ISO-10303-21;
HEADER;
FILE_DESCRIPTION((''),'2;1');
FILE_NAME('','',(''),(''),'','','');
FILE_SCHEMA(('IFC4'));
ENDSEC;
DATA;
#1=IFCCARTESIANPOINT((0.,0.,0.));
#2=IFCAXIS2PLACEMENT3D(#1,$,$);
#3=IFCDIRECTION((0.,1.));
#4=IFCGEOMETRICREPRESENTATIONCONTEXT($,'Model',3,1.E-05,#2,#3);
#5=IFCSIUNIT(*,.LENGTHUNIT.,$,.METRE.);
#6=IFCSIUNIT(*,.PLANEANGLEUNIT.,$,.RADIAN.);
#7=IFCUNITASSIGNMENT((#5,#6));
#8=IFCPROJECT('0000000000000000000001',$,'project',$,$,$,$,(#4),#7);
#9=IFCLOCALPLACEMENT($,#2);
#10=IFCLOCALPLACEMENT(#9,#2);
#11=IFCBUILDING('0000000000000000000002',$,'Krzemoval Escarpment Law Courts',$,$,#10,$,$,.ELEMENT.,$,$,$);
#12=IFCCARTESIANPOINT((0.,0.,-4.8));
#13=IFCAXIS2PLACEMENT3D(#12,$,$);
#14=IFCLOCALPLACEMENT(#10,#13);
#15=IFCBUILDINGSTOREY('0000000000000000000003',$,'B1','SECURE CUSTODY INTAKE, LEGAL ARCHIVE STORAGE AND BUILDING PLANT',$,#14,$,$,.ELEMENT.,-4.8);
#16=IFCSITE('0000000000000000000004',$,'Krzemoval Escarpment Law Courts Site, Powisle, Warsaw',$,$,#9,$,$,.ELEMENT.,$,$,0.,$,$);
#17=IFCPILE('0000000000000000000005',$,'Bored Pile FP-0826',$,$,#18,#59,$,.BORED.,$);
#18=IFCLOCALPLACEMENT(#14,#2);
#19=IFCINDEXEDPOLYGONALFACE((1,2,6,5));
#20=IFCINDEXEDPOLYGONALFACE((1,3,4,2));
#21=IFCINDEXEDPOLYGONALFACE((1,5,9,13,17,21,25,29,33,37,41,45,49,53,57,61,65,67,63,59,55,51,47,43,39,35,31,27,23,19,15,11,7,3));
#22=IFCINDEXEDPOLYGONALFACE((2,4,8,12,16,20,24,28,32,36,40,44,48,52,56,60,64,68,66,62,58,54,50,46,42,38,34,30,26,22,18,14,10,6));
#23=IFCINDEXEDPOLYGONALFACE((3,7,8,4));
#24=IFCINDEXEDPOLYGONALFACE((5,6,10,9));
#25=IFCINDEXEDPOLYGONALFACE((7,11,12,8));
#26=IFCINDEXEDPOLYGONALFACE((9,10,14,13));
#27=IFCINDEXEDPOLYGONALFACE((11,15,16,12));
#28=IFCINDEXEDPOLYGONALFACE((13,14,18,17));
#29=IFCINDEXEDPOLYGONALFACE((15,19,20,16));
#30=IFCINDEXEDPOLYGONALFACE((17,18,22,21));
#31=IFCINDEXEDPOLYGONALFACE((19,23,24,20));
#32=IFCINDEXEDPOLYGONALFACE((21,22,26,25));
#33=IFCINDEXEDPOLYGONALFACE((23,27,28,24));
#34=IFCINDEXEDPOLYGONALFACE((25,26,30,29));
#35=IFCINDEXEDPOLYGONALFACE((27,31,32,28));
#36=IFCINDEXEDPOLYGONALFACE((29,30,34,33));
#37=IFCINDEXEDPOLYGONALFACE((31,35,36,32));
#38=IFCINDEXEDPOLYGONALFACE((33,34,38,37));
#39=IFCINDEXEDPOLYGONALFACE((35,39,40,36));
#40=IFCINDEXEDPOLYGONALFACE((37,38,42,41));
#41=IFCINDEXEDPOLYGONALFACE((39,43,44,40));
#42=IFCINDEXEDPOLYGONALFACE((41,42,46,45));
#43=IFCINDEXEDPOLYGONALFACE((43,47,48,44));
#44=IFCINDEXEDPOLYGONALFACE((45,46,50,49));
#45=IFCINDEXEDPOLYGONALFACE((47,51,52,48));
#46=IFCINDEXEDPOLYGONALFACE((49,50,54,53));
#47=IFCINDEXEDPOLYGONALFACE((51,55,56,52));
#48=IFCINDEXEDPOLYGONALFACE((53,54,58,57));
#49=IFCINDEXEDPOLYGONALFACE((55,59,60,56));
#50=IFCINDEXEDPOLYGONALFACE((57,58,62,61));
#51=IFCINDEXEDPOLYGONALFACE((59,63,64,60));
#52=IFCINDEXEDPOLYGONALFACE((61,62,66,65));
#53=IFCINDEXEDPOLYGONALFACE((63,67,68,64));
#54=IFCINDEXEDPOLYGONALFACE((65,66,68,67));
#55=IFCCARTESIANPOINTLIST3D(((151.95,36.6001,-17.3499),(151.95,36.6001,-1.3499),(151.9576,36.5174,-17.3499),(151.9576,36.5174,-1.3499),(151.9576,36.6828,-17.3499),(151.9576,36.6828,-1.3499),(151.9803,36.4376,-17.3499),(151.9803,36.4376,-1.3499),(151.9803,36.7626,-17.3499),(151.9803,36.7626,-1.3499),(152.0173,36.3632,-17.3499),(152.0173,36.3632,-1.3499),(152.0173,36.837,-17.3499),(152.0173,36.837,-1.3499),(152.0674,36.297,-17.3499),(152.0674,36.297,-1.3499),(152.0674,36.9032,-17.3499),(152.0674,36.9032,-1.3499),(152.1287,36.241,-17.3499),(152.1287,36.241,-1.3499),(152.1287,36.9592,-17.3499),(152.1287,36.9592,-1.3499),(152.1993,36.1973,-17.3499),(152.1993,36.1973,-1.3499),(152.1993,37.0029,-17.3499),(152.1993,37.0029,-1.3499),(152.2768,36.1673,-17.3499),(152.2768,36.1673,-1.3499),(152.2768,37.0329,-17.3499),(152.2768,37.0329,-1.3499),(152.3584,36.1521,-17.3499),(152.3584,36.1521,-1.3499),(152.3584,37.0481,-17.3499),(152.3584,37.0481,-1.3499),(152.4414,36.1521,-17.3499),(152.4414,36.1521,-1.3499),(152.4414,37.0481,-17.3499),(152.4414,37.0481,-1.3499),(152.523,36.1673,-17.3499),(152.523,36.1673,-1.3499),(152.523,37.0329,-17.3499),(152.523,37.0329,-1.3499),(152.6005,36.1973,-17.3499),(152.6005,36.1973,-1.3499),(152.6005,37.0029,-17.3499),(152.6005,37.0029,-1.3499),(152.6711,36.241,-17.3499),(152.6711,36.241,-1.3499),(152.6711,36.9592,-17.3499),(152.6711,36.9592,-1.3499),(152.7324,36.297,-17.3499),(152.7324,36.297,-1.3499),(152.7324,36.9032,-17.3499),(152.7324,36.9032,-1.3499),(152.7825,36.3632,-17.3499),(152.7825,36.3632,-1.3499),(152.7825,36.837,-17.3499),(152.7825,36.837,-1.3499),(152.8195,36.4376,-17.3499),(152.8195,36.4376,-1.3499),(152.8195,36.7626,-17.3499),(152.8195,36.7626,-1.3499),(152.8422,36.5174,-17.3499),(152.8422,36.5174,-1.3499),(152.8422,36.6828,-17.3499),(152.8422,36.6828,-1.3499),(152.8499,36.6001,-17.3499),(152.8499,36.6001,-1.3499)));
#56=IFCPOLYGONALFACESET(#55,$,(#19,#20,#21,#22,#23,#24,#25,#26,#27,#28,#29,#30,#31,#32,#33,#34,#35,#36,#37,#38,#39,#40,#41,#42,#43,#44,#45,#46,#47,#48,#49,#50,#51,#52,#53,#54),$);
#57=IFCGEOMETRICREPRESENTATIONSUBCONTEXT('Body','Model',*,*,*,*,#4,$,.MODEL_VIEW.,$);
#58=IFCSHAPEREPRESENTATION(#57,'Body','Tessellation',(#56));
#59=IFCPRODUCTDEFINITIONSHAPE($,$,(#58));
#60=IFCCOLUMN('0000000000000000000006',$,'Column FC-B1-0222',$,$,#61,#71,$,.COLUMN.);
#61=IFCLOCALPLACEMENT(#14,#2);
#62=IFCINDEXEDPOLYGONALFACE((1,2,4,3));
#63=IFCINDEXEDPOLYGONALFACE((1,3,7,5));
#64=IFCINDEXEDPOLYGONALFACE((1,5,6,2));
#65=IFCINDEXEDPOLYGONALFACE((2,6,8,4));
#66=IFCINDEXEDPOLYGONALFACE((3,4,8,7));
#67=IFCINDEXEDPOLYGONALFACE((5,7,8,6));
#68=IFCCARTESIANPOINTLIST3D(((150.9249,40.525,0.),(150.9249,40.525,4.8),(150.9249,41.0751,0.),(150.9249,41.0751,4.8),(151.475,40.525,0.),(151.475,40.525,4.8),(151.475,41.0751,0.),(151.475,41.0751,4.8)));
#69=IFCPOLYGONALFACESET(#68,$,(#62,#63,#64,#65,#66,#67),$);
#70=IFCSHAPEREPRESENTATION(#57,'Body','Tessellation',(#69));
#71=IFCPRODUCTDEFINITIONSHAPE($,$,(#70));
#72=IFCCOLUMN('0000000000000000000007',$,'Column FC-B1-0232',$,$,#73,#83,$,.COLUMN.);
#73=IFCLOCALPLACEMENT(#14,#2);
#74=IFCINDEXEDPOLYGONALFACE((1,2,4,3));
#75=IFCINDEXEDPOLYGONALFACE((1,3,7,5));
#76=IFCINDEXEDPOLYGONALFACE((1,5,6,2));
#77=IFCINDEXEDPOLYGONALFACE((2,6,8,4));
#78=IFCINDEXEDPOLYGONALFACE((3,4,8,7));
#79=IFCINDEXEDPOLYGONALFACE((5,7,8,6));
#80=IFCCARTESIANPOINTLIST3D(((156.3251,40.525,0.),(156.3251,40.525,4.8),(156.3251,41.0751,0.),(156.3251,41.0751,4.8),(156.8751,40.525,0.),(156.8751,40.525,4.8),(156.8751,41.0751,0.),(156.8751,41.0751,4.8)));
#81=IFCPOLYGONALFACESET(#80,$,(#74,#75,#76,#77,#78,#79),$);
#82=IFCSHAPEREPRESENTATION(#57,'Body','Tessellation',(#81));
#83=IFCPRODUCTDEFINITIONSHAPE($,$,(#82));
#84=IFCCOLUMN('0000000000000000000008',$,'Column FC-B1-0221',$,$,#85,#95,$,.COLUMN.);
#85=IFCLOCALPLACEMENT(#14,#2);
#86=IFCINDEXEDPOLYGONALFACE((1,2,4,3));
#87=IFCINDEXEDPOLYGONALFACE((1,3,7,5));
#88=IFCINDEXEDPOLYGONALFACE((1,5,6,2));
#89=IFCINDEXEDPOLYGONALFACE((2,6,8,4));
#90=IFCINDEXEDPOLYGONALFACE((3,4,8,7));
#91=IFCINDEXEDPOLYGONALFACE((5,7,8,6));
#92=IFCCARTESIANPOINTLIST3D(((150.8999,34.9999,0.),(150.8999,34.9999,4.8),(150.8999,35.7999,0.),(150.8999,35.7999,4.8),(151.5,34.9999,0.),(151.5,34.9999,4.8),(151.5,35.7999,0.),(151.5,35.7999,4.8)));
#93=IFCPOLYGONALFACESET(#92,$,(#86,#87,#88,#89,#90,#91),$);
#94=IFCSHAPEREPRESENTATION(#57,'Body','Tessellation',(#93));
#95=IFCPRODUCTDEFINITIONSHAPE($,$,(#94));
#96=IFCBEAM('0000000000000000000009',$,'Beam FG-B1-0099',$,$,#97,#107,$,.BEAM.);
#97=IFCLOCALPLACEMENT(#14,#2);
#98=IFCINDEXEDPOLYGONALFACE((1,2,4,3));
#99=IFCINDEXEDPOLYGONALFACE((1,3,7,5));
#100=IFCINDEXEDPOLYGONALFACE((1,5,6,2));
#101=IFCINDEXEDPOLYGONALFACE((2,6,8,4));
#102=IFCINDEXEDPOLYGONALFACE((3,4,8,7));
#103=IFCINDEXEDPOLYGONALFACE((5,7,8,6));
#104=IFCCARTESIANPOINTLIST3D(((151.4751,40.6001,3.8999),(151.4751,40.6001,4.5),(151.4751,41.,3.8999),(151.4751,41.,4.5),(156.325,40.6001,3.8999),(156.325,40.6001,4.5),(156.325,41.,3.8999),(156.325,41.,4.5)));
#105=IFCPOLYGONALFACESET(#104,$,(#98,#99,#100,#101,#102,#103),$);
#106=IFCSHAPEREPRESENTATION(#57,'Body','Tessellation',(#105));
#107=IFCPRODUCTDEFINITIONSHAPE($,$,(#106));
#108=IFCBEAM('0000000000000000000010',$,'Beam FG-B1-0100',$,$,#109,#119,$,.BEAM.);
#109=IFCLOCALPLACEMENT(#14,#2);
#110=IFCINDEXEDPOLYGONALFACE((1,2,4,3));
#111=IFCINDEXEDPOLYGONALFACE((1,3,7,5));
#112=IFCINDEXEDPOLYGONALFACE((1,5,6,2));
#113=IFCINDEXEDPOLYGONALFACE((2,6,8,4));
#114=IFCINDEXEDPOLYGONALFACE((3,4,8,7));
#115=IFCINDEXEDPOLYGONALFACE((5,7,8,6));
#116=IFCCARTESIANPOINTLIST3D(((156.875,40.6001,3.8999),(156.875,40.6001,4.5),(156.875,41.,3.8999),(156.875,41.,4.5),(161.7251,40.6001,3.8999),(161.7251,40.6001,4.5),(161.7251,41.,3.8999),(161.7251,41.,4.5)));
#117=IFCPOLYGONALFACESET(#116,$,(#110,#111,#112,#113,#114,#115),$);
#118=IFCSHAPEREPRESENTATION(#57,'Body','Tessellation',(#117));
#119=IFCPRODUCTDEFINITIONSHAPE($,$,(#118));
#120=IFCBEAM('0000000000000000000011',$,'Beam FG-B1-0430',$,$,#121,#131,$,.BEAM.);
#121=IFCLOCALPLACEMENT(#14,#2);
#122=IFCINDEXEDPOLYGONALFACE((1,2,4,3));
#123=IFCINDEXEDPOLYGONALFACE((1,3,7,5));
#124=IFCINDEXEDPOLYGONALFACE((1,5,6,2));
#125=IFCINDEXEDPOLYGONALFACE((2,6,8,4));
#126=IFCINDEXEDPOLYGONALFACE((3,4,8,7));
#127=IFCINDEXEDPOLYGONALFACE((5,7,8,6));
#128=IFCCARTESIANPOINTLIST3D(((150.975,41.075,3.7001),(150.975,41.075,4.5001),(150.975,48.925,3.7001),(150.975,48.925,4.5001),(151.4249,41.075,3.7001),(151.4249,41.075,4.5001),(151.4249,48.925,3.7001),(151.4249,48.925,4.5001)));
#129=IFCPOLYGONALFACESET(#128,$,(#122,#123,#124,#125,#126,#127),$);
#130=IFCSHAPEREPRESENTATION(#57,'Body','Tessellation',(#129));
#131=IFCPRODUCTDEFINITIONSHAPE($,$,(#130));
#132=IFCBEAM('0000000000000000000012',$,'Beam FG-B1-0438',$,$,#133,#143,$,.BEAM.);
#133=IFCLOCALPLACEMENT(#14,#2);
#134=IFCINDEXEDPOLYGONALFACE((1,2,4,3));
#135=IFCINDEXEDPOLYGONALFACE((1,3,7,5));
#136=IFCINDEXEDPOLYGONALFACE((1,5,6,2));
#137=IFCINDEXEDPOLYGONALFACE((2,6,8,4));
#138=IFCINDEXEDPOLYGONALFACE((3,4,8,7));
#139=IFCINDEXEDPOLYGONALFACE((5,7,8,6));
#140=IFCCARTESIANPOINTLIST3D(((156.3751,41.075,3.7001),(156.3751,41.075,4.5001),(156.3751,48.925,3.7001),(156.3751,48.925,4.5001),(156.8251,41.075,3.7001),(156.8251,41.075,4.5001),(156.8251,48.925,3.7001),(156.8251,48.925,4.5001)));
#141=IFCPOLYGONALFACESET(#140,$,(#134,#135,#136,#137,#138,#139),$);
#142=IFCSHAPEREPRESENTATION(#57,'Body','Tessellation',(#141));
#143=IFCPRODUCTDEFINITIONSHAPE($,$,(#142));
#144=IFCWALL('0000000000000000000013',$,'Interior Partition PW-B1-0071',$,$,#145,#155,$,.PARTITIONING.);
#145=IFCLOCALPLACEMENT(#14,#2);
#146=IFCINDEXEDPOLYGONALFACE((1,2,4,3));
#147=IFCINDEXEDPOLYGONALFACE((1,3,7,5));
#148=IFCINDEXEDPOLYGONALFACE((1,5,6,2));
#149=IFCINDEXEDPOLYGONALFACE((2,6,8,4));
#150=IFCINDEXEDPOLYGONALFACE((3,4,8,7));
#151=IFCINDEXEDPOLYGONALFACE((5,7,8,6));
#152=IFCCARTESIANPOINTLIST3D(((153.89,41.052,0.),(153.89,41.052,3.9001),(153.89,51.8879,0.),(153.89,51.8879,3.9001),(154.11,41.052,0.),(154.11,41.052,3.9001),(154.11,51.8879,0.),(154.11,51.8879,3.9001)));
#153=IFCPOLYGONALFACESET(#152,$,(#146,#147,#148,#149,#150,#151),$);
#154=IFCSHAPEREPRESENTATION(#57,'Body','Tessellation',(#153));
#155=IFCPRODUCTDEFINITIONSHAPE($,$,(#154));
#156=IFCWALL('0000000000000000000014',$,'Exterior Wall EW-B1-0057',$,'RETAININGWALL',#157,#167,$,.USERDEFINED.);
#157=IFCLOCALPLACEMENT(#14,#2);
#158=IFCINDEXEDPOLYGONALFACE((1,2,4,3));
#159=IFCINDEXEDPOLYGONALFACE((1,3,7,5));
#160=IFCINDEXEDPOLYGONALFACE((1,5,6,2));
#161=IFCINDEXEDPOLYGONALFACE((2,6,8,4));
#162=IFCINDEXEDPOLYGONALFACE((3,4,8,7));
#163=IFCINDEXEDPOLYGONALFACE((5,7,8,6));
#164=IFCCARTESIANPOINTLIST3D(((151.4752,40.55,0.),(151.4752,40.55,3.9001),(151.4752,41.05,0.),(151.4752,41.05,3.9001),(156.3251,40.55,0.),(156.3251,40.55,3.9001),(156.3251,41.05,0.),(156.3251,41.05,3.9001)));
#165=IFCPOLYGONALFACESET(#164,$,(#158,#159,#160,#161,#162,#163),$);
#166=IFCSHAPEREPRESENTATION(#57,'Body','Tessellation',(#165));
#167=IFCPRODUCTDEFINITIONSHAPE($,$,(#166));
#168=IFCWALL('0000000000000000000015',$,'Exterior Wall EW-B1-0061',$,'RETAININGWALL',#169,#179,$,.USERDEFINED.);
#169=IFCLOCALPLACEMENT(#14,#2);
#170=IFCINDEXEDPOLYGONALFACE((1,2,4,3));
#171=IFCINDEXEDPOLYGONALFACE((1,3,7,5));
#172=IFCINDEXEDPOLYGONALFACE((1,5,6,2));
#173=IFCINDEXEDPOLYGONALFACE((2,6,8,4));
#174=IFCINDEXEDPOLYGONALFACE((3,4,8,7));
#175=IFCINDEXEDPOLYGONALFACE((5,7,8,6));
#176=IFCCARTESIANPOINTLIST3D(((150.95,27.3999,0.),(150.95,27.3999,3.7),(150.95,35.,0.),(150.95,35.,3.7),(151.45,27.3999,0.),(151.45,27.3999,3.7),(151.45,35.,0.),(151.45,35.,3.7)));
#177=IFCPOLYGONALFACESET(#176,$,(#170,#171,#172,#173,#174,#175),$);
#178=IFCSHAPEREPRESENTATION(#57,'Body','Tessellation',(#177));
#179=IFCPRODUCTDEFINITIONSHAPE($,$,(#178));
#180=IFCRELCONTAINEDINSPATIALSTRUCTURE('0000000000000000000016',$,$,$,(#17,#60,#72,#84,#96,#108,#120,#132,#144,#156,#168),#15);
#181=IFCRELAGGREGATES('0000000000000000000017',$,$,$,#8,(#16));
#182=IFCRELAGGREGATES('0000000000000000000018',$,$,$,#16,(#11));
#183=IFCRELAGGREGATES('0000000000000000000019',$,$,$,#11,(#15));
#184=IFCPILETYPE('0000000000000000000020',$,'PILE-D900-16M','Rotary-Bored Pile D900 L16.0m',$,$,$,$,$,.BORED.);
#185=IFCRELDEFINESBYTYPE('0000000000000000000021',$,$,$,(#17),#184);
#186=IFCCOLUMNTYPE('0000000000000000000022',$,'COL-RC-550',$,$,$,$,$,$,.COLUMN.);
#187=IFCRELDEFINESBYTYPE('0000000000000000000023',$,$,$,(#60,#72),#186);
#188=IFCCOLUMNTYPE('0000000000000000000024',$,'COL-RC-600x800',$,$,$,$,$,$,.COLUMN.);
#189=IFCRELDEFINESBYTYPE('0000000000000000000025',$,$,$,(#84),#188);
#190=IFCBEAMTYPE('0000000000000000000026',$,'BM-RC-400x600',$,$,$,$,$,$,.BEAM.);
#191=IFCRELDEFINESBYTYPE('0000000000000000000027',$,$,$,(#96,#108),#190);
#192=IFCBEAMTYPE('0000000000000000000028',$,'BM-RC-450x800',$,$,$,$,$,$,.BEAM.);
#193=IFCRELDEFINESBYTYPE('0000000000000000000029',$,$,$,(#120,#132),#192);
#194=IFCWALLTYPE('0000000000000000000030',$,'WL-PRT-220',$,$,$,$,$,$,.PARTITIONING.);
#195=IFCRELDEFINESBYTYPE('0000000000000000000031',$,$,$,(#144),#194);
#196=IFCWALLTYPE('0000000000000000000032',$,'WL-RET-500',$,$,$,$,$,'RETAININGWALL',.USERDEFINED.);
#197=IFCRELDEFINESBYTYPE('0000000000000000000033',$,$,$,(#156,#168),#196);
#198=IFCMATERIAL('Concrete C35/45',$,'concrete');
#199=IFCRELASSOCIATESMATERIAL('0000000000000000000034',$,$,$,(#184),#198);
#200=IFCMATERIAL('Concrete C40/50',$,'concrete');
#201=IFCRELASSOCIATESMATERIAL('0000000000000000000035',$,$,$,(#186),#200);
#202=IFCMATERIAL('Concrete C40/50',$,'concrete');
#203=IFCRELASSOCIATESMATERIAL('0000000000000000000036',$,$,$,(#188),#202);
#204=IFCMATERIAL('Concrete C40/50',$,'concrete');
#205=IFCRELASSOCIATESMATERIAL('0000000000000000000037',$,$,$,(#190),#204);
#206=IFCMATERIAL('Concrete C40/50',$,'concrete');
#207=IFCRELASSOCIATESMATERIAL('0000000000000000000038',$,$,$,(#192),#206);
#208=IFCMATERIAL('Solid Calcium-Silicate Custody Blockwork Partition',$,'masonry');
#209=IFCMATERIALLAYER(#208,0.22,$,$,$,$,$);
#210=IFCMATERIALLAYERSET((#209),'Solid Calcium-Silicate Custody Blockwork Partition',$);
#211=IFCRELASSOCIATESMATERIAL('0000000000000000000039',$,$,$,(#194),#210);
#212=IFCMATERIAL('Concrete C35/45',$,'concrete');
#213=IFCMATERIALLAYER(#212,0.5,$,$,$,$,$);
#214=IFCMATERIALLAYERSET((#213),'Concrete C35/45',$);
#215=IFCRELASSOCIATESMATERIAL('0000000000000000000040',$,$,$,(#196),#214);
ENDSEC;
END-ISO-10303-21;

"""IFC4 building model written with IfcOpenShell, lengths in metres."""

from ifc_helpers import new_model, si_unit, direction, frame, frame_2d, origin, origin_2d, place, context, subcontext, project, spatial, rectangle, circle, extrude, material, layer, layer_set, material_profile, profile_set, type_object, element, save


model = new_model("IFC4")

# Units and contexts
model_context = context("Model", 3, precision=1e-05, world=origin(), true_north=direction((0.0, 1.0)))
body_context = subcontext(model_context, "Body", "Model", "MODEL_VIEW")
ifc_project = project(units=[si_unit("LENGTHUNIT", "METRE"), si_unit("PLANEANGLEUNIT", "RADIAN")], contexts=[model_context])

# Site, building, storey
site_placement = place(None, origin())
site = spatial("IfcSite", under=ifc_project, at=site_placement, Name="Krzemoval Escarpment Law Courts Site, Powisle, Warsaw", CompositionType="ELEMENT", RefElevation=0.0)
building_placement = place(site_placement, origin())
building = spatial("IfcBuilding", under=site, at=building_placement, Name="Krzemoval Escarpment Law Courts", CompositionType="ELEMENT")
storey_placement = place(building_placement, frame((0.0, 0.0, -4.8)))
storey = spatial("IfcBuildingStorey", under=building, at=storey_placement, Name="B1", Description="SECURE CUSTODY INTAKE, LEGAL ARCHIVE STORAGE AND BUILDING PLANT", CompositionType="ELEMENT", Elevation=-4.8)

# Pile
ifc_material_1 = material(Name="Concrete C35/45", Category="concrete")
ifc_material_profile_1 = material_profile(ifc_material_1, circle(Radius=0.45, at=origin_2d()), Name="PILE D900")
ifc_profile_set_1 = profile_set([ifc_material_profile_1], Name="Concrete C35/45")
pile_type_1 = type_object("IfcPileType", Name="PILE-D900-16M", Description="Rotary-Bored Pile D900 L16.0m", PredefinedType="BORED", material=ifc_profile_set_1)
for number, where, z_axis, x_axis, name in (
    (1, (152.3999, 36.6001, -1.3499), (0.0, 0.0, -1.0), (1.0, 0.0, 0.0), "Bored Pile FP-0826"),
):
    element("IfcPile", number, at=place(storey_placement, frame(where, z_axis=z_axis, x_axis=x_axis)), inside=storey, type_object=pile_type_1, Name=name, PredefinedType="BORED", context=body_context, shape_type="SweptSolid", body=[
        extrude(circle(Radius=0.45, at=origin_2d()), origin(), (0.0, 0.0, 1.0), 16.0),
    ])

# Columns
ifc_material_2 = material(Name="Concrete C40/50", Category="concrete")
ifc_material_profile_2 = material_profile(ifc_material_2, rectangle(XDim=0.55, YDim=0.55, at=origin_2d()), Name="RC 550x550")
ifc_profile_set_2 = profile_set([ifc_material_profile_2], Name="Concrete C40/50")
column_type_1 = type_object("IfcColumnType", Name="COL-RC-550", PredefinedType="COLUMN", material=ifc_profile_set_2)
for number, where, z_axis, x_axis, name in (
    (2, (151.2, 40.8, 0.0), (0.0, 0.0, 1.0), (1.0, 0.0, 0.0), "Column FC-B1-0222"),
    (3, (156.6001, 40.8, 0.0), (0.0, 0.0, 1.0), (1.0, 0.0, 0.0), "Column FC-B1-0232"),
):
    element("IfcColumn", number, at=place(storey_placement, frame(where, z_axis=z_axis, x_axis=x_axis)), inside=storey, type_object=column_type_1, Name=name, PredefinedType="COLUMN", context=body_context, shape_type="SweptSolid", body=[
        extrude(rectangle(XDim=0.55, YDim=0.55, at=origin_2d()), origin(), (0.0, 0.0, 1.0), 4.8),
    ])
ifc_material_3 = material(Name="Concrete C40/50", Category="concrete")
ifc_material_profile_3 = material_profile(ifc_material_3, rectangle(XDim=0.6001, YDim=0.8, at=origin_2d()), Name="RC 600x800")
ifc_profile_set_3 = profile_set([ifc_material_profile_3], Name="Concrete C40/50")
column_type_2 = type_object("IfcColumnType", Name="COL-RC-600x800", PredefinedType="COLUMN", material=ifc_profile_set_3)
column_placement = place(storey_placement, frame((151.2, 35.3999, 0.0), z_axis=(0.0, 0.0, 1.0), x_axis=(1.0, 0.0, 0.0)))
element("IfcColumn", 4, at=column_placement, inside=storey, type_object=column_type_2, Name="Column FC-B1-0221", PredefinedType="COLUMN", context=body_context, shape_type="SweptSolid", body=[
    extrude(rectangle(XDim=0.6001, YDim=0.8, at=origin_2d()), origin(), (0.0, 0.0, 1.0), 4.8),
])

# Beams
ifc_material_4 = material(Name="Concrete C40/50", Category="concrete")
ifc_material_profile_4 = material_profile(ifc_material_4, rectangle(XDim=0.3999, YDim=0.6001, at=origin_2d()), Name="RCB 400x600")
ifc_profile_set_4 = profile_set([ifc_material_profile_4], Name="Concrete C40/50")
beam_type_1 = type_object("IfcBeamType", Name="BM-RC-400x600", PredefinedType="BEAM", material=ifc_profile_set_4)
beam_1_placement = place(storey_placement, frame((151.4751, 40.8, 4.2), z_axis=(1.0, 0.0, 0.0), x_axis=(0.0, 1.0, 0.0)))
element("IfcBeam", 5, at=beam_1_placement, inside=storey, type_object=beam_type_1, Name="Beam FG-B1-0099", PredefinedType="BEAM", context=body_context, shape_type="SweptSolid", body=[
    extrude(rectangle(XDim=0.3999, YDim=0.6001, at=origin_2d()), origin(), (0.0, 0.0, 1.0), 4.8499),
])
beam_2_placement = place(storey_placement, frame((156.875, 40.8, 4.2), z_axis=(1.0, 0.0, 0.0), x_axis=(0.0, 1.0, 0.0)))
element("IfcBeam", 6, at=beam_2_placement, inside=storey, type_object=beam_type_1, Name="Beam FG-B1-0100", PredefinedType="BEAM", context=body_context, shape_type="SweptSolid", body=[
    extrude(rectangle(XDim=0.3999, YDim=0.6001, at=origin_2d()), origin(), (0.0, 0.0, 1.0), 4.8501),
])
ifc_material_5 = material(Name="Concrete C40/50", Category="concrete")
ifc_material_profile_5 = material_profile(ifc_material_5, rectangle(XDim=0.45, YDim=0.8, at=origin_2d()), Name="RCB 450x800")
ifc_profile_set_5 = profile_set([ifc_material_profile_5], Name="Concrete C40/50")
beam_type_2 = type_object("IfcBeamType", Name="BM-RC-450x800", PredefinedType="BEAM", material=ifc_profile_set_5)
for number, where, z_axis, x_axis, name in (
    (7, (151.2, 41.075, 4.1001), (0.0, 1.0, 0.0), (-1.0, 0.0, 0.0), "Beam FG-B1-0430"),
    (8, (156.6001, 41.075, 4.1001), (0.0, 1.0, 0.0), (-1.0, 0.0, 0.0), "Beam FG-B1-0438"),
):
    element("IfcBeam", number, at=place(storey_placement, frame(where, z_axis=z_axis, x_axis=x_axis)), inside=storey, type_object=beam_type_2, Name=name, PredefinedType="BEAM", context=body_context, shape_type="SweptSolid", body=[
        extrude(rectangle(XDim=0.45, YDim=0.8, at=origin_2d()), origin(), (0.0, 0.0, 1.0), 7.8501),
    ])

# Walls
ifc_material_6 = material(Name="Solid Calcium-Silicate Custody Blockwork Partition", Category="masonry")
ifc_layer_1 = layer(ifc_material_6, 0.22)
ifc_layer_set_1 = layer_set([ifc_layer_1], Name="Solid Calcium-Silicate Custody Blockwork Partition")
wall_type_1 = type_object("IfcWallType", Name="WL-PRT-220", PredefinedType="PARTITIONING", material=ifc_layer_set_1)
wall_1_placement = place(storey_placement, frame((154.0, 41.052, 0.0), z_axis=(0.0, 0.0, 1.0), x_axis=(0.0, 1.0, 0.0)))
element("IfcWall", 9, at=wall_1_placement, inside=storey, type_object=wall_type_1, Name="Interior Partition PW-B1-0071", PredefinedType="PARTITIONING", context=body_context, shape_type="SweptSolid", body=[
    extrude(rectangle(XDim=10.8359, YDim=0.22, at=frame_2d((5.418, 0.0))), origin(), (0.0, 0.0, 1.0), 3.9001),
])
ifc_material_7 = material(Name="Concrete C35/45", Category="concrete")
ifc_layer_2 = layer(ifc_material_7, 0.5)
ifc_layer_set_2 = layer_set([ifc_layer_2], Name="Concrete C35/45")
wall_type_2 = type_object("IfcWallType", Name="WL-RET-500", ElementType="RETAININGWALL", PredefinedType="USERDEFINED", material=ifc_layer_set_2)
wall_2_placement = place(storey_placement, frame((156.325, 40.8, 0.0), z_axis=(0.0, 0.0, 1.0), x_axis=(-1.0, 0.0, 0.0)))
element("IfcWall", 10, at=wall_2_placement, inside=storey, type_object=wall_type_2, Name="Exterior Wall EW-B1-0057", ObjectType="RETAININGWALL", PredefinedType="USERDEFINED", context=body_context, shape_type="SweptSolid", body=[
    extrude(rectangle(XDim=4.8499, YDim=0.5, at=frame_2d((2.4248, 0.0))), origin(), (0.0, 0.0, 1.0), 3.9001),
])
wall_3_placement = place(storey_placement, frame((151.2, 35.0, 0.0), z_axis=(0.0, 0.0, 1.0), x_axis=(0.0, -1.0, 0.0)))
element("IfcWall", 11, at=wall_3_placement, inside=storey, type_object=wall_type_2, Name="Exterior Wall EW-B1-0061", ObjectType="RETAININGWALL", PredefinedType="USERDEFINED", context=body_context, shape_type="SweptSolid", body=[
    extrude(rectangle(XDim=7.6001, YDim=0.5, at=frame_2d((3.8, 0.0))), origin(), (0.0, 0.0, 1.0), 3.7),
])

save(model, "model.ifc")
